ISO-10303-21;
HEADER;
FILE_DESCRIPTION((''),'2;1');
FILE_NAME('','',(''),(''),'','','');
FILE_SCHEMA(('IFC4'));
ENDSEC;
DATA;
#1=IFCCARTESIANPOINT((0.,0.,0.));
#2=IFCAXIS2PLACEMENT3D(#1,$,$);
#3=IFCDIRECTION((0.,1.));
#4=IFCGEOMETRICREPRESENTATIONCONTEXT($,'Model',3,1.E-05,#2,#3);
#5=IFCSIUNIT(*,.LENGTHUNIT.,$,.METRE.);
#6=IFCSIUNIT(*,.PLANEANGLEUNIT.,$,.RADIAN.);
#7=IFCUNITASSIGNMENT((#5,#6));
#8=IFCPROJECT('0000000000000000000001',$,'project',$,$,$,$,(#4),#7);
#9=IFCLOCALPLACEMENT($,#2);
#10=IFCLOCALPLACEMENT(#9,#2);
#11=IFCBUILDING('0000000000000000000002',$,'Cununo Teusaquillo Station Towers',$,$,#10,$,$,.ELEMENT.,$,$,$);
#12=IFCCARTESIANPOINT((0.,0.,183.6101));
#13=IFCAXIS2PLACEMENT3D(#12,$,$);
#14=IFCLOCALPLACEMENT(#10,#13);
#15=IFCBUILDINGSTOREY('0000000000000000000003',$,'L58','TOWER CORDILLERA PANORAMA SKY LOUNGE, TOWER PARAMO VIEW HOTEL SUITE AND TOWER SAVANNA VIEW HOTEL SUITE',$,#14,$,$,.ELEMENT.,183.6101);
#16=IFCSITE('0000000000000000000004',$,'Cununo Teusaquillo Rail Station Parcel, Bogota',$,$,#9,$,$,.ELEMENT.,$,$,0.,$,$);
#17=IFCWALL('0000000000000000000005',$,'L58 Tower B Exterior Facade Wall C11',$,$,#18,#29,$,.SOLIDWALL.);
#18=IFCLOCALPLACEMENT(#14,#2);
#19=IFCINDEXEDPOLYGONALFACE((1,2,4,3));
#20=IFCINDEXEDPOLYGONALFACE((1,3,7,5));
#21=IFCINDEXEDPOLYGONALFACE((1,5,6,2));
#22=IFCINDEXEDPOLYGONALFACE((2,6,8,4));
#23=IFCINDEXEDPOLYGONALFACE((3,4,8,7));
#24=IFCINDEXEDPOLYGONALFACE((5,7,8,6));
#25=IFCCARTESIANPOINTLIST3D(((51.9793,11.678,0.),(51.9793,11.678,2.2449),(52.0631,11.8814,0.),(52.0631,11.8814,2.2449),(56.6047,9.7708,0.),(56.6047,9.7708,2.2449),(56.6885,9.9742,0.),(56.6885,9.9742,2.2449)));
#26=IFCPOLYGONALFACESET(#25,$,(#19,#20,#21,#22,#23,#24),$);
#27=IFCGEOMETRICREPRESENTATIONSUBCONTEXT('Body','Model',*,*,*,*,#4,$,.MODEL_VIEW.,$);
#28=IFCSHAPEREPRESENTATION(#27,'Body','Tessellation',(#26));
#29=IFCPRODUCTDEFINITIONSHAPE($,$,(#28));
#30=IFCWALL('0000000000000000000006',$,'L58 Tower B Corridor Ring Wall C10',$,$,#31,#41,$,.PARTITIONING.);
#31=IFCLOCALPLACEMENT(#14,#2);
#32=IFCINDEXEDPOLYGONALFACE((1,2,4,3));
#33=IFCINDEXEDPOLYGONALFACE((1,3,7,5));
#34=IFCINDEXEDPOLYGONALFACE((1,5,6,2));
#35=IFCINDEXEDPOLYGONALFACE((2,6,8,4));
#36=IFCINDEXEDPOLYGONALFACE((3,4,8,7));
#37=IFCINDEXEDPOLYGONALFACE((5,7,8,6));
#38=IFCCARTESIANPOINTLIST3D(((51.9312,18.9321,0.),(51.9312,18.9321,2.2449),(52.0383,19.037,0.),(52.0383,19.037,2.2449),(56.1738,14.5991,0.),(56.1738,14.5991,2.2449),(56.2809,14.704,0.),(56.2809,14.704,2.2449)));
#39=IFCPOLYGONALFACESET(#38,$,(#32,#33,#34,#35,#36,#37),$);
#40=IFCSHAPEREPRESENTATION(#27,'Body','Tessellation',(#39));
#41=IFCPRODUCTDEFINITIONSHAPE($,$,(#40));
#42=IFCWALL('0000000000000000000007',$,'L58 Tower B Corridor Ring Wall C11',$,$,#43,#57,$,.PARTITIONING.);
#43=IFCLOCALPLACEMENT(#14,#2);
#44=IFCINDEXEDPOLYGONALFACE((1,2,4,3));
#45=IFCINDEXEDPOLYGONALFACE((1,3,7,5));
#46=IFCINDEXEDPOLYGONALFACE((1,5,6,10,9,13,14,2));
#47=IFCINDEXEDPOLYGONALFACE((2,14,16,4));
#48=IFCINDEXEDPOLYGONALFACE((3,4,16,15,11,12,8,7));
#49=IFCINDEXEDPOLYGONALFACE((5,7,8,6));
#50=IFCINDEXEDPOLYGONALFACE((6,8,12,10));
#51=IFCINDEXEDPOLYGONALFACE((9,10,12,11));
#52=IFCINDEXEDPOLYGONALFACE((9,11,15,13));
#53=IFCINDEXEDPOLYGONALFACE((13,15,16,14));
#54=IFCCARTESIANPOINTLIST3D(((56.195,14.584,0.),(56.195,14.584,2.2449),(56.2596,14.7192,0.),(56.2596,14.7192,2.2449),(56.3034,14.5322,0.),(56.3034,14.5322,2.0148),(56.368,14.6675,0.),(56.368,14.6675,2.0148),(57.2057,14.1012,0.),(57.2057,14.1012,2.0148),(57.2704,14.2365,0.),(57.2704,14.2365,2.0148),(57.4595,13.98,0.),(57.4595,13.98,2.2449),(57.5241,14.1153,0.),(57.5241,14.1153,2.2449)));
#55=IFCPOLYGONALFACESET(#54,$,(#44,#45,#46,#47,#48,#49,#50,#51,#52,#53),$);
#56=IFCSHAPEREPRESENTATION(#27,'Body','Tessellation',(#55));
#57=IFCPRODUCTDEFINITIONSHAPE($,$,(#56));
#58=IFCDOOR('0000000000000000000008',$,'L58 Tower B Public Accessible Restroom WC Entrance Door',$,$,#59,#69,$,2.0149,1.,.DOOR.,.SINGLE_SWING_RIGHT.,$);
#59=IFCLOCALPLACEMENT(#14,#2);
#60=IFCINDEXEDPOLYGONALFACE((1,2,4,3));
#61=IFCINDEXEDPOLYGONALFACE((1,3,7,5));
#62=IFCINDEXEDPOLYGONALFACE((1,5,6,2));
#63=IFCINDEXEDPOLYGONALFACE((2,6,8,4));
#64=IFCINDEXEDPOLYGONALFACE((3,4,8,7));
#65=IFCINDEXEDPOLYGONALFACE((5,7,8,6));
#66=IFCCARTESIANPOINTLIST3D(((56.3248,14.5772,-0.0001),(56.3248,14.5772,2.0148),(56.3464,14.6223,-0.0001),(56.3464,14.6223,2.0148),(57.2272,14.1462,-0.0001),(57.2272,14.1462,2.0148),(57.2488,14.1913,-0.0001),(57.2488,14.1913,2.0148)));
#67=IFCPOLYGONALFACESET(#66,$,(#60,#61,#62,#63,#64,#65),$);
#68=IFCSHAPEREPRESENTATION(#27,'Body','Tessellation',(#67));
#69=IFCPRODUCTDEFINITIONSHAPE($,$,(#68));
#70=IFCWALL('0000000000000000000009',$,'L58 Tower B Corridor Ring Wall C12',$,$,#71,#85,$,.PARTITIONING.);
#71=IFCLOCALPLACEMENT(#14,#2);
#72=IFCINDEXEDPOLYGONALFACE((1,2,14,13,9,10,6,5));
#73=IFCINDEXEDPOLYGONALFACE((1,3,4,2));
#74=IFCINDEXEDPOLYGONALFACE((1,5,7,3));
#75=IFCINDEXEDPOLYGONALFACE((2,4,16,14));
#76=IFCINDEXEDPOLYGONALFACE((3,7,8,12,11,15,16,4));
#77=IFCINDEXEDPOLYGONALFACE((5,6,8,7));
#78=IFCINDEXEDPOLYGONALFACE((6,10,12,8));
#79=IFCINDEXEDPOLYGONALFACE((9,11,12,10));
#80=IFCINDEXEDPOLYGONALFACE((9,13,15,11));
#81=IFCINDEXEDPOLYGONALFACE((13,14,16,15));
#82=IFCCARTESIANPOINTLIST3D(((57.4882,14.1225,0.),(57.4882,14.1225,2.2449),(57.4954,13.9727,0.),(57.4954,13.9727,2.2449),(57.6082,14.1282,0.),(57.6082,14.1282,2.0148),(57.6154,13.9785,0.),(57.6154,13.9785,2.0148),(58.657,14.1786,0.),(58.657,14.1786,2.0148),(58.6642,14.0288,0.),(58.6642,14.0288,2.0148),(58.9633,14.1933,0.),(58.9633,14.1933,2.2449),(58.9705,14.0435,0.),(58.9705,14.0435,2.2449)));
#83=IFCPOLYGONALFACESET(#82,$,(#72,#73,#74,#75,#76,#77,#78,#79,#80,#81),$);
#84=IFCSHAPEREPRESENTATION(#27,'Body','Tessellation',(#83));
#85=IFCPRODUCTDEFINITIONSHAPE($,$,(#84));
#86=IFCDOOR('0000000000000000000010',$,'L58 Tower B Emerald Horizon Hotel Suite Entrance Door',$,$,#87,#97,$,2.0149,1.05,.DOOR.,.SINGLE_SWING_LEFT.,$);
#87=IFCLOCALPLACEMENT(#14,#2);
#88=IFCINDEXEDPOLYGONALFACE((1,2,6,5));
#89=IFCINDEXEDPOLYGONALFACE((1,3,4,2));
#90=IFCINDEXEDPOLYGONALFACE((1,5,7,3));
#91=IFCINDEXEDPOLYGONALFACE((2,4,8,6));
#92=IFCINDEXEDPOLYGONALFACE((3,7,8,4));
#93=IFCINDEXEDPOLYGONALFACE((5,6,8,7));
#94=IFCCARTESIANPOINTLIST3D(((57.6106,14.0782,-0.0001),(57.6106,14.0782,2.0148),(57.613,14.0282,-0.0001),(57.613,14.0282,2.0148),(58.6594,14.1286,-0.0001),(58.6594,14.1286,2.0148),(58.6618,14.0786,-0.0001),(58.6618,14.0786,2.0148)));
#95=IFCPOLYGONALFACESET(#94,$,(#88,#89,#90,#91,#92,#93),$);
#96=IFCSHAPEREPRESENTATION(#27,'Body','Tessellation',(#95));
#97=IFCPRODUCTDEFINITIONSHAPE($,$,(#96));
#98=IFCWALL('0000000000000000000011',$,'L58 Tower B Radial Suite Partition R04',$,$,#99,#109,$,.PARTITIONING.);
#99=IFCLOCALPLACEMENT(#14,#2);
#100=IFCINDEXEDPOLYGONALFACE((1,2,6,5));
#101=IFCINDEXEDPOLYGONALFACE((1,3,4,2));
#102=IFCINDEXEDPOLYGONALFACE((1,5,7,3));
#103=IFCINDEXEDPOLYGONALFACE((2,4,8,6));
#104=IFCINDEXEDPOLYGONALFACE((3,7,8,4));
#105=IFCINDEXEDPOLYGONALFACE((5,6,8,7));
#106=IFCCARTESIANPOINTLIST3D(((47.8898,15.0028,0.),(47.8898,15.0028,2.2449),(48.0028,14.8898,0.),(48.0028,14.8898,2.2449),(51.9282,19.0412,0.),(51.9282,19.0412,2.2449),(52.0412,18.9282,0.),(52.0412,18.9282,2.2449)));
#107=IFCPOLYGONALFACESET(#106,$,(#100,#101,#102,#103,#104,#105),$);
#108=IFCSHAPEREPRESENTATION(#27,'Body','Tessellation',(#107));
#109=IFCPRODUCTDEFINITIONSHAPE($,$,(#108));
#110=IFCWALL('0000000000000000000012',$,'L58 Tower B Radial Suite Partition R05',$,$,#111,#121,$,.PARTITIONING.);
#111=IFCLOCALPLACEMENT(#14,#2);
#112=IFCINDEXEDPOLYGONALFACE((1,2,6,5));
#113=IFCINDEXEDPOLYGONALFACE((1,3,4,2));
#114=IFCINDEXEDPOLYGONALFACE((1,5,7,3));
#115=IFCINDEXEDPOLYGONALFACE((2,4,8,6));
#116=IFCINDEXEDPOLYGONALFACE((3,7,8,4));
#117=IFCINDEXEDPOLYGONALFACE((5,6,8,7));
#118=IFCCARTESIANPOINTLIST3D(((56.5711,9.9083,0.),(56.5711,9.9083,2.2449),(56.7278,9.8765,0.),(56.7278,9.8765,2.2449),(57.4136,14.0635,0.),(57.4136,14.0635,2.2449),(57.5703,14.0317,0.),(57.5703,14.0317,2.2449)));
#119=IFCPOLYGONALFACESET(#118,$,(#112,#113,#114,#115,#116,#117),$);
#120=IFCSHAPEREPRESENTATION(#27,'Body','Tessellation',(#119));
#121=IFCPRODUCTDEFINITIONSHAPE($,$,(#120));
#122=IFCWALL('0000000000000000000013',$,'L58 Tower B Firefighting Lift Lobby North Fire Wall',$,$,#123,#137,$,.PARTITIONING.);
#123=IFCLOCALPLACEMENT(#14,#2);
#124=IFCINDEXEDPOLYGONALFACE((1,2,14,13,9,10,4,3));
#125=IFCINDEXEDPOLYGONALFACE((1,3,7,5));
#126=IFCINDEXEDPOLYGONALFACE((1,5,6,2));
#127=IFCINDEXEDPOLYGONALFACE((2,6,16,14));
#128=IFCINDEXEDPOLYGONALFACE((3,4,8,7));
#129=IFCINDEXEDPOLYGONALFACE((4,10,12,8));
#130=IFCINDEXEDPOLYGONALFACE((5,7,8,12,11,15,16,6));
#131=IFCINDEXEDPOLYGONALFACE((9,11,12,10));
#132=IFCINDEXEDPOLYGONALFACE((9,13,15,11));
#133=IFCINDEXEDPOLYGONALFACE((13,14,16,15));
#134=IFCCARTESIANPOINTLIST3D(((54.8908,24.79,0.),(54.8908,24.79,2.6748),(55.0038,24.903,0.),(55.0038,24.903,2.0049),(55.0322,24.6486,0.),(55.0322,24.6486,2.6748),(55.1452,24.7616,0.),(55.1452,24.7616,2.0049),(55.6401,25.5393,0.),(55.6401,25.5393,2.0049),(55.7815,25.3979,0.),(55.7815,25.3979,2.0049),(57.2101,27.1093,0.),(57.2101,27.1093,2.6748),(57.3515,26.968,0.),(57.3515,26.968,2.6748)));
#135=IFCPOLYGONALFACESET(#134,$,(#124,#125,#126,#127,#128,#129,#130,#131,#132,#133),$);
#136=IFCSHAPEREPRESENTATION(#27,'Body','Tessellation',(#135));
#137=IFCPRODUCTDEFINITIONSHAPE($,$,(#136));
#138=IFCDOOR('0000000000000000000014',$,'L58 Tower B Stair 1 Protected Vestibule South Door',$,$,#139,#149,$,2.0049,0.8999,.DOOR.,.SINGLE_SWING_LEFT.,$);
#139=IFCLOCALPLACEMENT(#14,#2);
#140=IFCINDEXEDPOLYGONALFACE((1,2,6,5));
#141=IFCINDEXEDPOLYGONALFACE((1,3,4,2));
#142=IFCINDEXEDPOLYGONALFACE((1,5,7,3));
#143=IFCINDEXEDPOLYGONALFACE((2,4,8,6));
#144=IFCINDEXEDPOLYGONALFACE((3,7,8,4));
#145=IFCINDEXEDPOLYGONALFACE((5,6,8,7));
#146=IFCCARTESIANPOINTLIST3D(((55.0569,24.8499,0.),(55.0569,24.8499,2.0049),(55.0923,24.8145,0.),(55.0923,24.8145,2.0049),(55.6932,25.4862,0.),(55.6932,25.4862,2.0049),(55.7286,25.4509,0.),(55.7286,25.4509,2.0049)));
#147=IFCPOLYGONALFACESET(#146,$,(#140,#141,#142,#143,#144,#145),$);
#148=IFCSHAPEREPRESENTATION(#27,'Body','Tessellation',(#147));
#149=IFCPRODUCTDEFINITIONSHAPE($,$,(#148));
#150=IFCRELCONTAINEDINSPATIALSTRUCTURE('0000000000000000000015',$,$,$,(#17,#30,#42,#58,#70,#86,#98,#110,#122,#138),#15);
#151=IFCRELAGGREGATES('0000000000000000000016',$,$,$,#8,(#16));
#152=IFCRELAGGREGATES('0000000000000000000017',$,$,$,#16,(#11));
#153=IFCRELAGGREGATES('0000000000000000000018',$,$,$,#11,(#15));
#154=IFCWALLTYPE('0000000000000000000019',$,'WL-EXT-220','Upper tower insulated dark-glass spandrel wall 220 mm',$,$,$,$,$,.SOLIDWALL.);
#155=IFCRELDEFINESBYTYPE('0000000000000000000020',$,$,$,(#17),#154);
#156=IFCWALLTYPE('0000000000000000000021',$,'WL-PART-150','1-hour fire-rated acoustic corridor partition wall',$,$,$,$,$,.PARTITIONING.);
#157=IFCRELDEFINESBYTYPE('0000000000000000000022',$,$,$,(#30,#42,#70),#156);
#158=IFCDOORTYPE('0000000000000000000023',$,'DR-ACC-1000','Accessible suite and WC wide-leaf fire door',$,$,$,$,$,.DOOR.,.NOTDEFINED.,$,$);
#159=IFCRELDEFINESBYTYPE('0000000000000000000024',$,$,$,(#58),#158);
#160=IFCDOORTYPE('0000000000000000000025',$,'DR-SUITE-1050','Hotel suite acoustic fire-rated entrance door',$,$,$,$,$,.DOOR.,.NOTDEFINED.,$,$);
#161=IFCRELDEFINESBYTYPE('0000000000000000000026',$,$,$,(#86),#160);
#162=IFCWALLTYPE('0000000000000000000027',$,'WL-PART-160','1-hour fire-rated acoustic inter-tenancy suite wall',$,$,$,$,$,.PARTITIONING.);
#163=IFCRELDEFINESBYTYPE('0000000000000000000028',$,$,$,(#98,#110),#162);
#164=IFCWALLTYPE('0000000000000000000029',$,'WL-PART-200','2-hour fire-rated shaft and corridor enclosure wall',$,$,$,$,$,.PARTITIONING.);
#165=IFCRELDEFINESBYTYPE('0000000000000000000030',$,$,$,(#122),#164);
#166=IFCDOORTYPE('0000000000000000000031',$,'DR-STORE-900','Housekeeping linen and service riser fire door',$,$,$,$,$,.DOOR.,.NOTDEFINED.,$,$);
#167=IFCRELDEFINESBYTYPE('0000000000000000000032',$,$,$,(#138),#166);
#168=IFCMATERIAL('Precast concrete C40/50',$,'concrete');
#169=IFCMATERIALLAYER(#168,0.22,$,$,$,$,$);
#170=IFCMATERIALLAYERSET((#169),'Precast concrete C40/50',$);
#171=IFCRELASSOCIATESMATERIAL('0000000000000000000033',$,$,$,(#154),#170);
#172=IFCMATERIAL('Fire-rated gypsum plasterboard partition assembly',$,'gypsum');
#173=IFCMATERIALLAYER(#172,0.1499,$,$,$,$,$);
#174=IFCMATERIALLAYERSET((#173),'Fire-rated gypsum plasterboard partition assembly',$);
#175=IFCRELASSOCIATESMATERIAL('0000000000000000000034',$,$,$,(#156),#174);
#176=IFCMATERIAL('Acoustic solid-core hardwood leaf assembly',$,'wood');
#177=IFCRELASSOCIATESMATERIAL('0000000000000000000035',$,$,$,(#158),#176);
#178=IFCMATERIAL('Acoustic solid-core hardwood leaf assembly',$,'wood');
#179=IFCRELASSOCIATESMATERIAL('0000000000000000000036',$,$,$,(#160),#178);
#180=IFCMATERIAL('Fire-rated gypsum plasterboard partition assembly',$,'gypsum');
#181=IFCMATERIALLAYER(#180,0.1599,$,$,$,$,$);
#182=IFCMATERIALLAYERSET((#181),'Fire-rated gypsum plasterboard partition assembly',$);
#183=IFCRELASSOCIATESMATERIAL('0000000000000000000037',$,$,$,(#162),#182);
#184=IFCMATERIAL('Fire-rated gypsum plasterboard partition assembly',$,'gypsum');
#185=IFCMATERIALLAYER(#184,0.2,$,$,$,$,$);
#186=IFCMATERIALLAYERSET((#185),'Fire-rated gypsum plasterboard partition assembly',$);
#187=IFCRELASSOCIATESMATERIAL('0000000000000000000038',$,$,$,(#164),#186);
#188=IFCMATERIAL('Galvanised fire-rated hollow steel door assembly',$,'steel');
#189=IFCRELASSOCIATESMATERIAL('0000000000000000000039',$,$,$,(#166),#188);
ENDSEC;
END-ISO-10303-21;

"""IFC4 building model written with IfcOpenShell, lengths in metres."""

from ifc_helpers import new_model, si_unit, direction, frame, frame_2d, origin, place, context, subcontext, project, spatial, rectangle, extrude, source, transform, mapped, material, layer, layer_set, type_object, element, fill, save


model = new_model("IFC4")

# Units and contexts
model_context = context("Model", 3, precision=1e-05, world=origin(), true_north=direction((0.0, 1.0)))
body_context = subcontext(model_context, "Body", "Model", "MODEL_VIEW")
ifc_project = project(units=[si_unit("LENGTHUNIT", "METRE"), si_unit("PLANEANGLEUNIT", "RADIAN")], contexts=[model_context])

# Site, building, storey
site_placement = place(None, origin())
site = spatial("IfcSite", under=ifc_project, at=site_placement, Name="Cununo Teusaquillo Rail Station Parcel, Bogota", CompositionType="ELEMENT", RefElevation=0.0)
building_placement = place(site_placement, origin())
building = spatial("IfcBuilding", under=site, at=building_placement, Name="Cununo Teusaquillo Station Towers", CompositionType="ELEMENT")
storey_placement = place(building_placement, frame((0.0, 0.0, 183.6101)))
storey = spatial("IfcBuildingStorey", under=building, at=storey_placement, Name="L58", Description="TOWER CORDILLERA PANORAMA SKY LOUNGE, TOWER PARAMO VIEW HOTEL SUITE AND TOWER SAVANNA VIEW HOTEL SUITE", CompositionType="ELEMENT", Elevation=183.6101)

# Shared definitions
ifc_material_1 = material(Name="Precast concrete C40/50", Category="concrete")
ifc_layer_1 = layer(ifc_material_1, 0.22)
ifc_layer_set_1 = layer_set([ifc_layer_1], Name="Precast concrete C40/50")
wall_type_1 = type_object("IfcWallType", Name="WL-EXT-220", Description="Upper tower insulated dark-glass spandrel wall 220 mm", PredefinedType="SOLIDWALL", material=ifc_layer_set_1)

# Walls
wall_1_placement = place(storey_placement, frame((56.6465, 9.8726, 0.0), z_axis=(0.0, 0.0, 1.0), x_axis=(-0.924494, 0.381196, 0.0)))
element("IfcWall", 1, at=wall_1_placement, inside=storey, type_object=wall_type_1, Name="L58 Tower B Exterior Facade Wall C11", PredefinedType="SOLIDWALL", context=body_context, shape_type="SweptSolid", body=[
    extrude(rectangle(XDim=5.0032, YDim=0.22, at=frame_2d((2.5015, 0.0))), origin(), (0.0, 0.0, 1.0), 2.2449),
])
ifc_material_2 = material(Name="Fire-rated gypsum plasterboard partition assembly", Category="gypsum")
ifc_layer_2 = layer(ifc_material_2, 0.1499)
ifc_layer_set_2 = layer_set([ifc_layer_2], Name="Fire-rated gypsum plasterboard partition assembly")
wall_type_2 = type_object("IfcWallType", Name="WL-PART-150", Description="1-hour fire-rated acoustic corridor partition wall", PredefinedType="PARTITIONING", material=ifc_layer_set_2)
wall_2_placement = place(storey_placement, frame((51.9846, 18.9846, 0.0), z_axis=(0.0, 0.0, 1.0), x_axis=(0.69962, -0.714515, 0.0)))
element("IfcWall", 2, at=wall_2_placement, inside=storey, type_object=wall_type_2, Name="L58 Tower B Corridor Ring Wall C10", PredefinedType="PARTITIONING", context=body_context, shape_type="SweptSolid", body=[
    extrude(rectangle(XDim=6.0642, YDim=0.1499, at=frame_2d((3.0322, 0.0))), origin(), (0.0, 0.0, 1.0), 2.2449),
])

# Walls, openings, doors
wall_3_placement = place(storey_placement, frame((56.2273, 14.6516, 0.0), z_axis=(0.0, 0.0, 1.0), x_axis=(0.902364, -0.430975, 0.0)))
wall_3 = element("IfcWall", 3, at=wall_3_placement, inside=storey, type_object=wall_type_2, Name="L58 Tower B Corridor Ring Wall C11", PredefinedType="PARTITIONING", context=body_context, shape_type="SweptSolid", body=[
    extrude(rectangle(XDim=1.4014, YDim=0.1499, at=frame_2d((0.7007, 0.0))), origin(), (0.0, 0.0, 1.0), 2.2449),
])
shared_shape_1 = source(origin(), body_context, "Body", "SweptSolid", [
    extrude(rectangle(XDim=1.0, YDim=2.0149, at=frame_2d((0.5, 1.0073))), frame((0.0, 0.085, 0.0), z_axis=(0.0, -1.0, 0.0), x_axis=(1.0, 0.0, 0.0)), (0.0, 0.0, 1.0), 0.1699),
])
opening_1_placement = place(wall_3_placement, frame((0.1201, 0.0, 0.0)))
opening_1 = element("IfcOpeningElement", 4, at=opening_1_placement, cuts=wall_3, PredefinedType="OPENING", context=body_context, shape_type="MappedRepresentation", body=[
    mapped(shared_shape_1, transform((0.0, 0.0, 0.0), x_axis=(1.0, 0.0, 0.0), y_axis=(0.0, 1.0, 0.0), z_axis=(0.0, 0.0, 1.0), scale=1.0)),
])
ifc_material_3 = material(Name="Acoustic solid-core hardwood leaf assembly", Category="wood")
door_type_1 = type_object("IfcDoorType", Name="DR-ACC-1000", Description="Accessible suite and WC wide-leaf fire door", OperationType="NOTDEFINED", PredefinedType="DOOR", material=ifc_material_3)
shared_shape_2 = source(origin(), body_context, "Body", "SweptSolid", [
    extrude(rectangle(XDim=1.0, YDim=2.0149, at=frame_2d((0.5, 1.0073))), frame((0.0, 0.0249, 0.0), z_axis=(0.0, -1.0, 0.0), x_axis=(1.0, 0.0, 0.0)), (0.0, 0.0, 1.0), 0.05),
])
door_1_placement = place(opening_1_placement, origin())
door_1 = element("IfcDoor", 5, at=door_1_placement, inside=storey, type_object=door_type_1, Name="L58 Tower B Public Accessible Restroom WC Entrance Door", OperationType="SINGLE_SWING_RIGHT", OverallHeight=2.0149, OverallWidth=1.0, PredefinedType="DOOR", context=body_context, shape_type="MappedRepresentation", body=[
    mapped(shared_shape_2, transform((0.0, 0.0, 0.0), x_axis=(1.0, 0.0, 0.0), y_axis=(0.0, 1.0, 0.0), z_axis=(0.0, 0.0, 1.0), scale=1.0)),
])
fill(opening_1, door_1)
wall_4_placement = place(storey_placement, frame((57.4919, 14.0476, 0.0), z_axis=(0.0, 0.0, 1.0), x_axis=(0.99885, 0.047942, 0.0)))
wall_4 = element("IfcWall", 6, at=wall_4_placement, inside=storey, type_object=wall_type_2, Name="L58 Tower B Corridor Ring Wall C12", PredefinedType="PARTITIONING", context=body_context, shape_type="SweptSolid", body=[
    extrude(rectangle(XDim=1.4768, YDim=0.1499, at=frame_2d((0.7383, 0.0))), origin(), (0.0, 0.0, 1.0), 2.2449),
])
shared_shape_3 = source(origin(), body_context, "Body", "SweptSolid", [
    extrude(rectangle(XDim=1.05, YDim=2.0149, at=frame_2d((0.5249, 1.0073))), frame((0.0, 0.085, 0.0), z_axis=(0.0, -1.0, 0.0), x_axis=(1.0, 0.0, 0.0)), (0.0, 0.0, 1.0), 0.1699),
])
opening_2_placement = place(wall_4_placement, frame((0.1201, 0.0, 0.0)))
opening_2 = element("IfcOpeningElement", 7, at=opening_2_placement, cuts=wall_4, PredefinedType="OPENING", context=body_context, shape_type="MappedRepresentation", body=[
    mapped(shared_shape_3, transform((0.0, 0.0, 0.0), x_axis=(1.0, 0.0, 0.0), y_axis=(0.0, 1.0, 0.0), z_axis=(0.0, 0.0, 1.0), scale=1.0)),
])
ifc_material_4 = material(Name="Acoustic solid-core hardwood leaf assembly", Category="wood")
door_type_2 = type_object("IfcDoorType", Name="DR-SUITE-1050", Description="Hotel suite acoustic fire-rated entrance door", OperationType="NOTDEFINED", PredefinedType="DOOR", material=ifc_material_4)
shared_shape_4 = source(origin(), body_context, "Body", "SweptSolid", [
    extrude(rectangle(XDim=1.05, YDim=2.0149, at=frame_2d((0.5249, 1.0073))), frame((0.0, 0.0249, 0.0), z_axis=(0.0, -1.0, 0.0), x_axis=(1.0, 0.0, 0.0)), (0.0, 0.0, 1.0), 0.05),
])
door_2_placement = place(opening_2_placement, origin())
door_2 = element("IfcDoor", 8, at=door_2_placement, inside=storey, type_object=door_type_2, Name="L58 Tower B Emerald Horizon Hotel Suite Entrance Door", OperationType="SINGLE_SWING_LEFT", OverallHeight=2.0149, OverallWidth=1.05, PredefinedType="DOOR", context=body_context, shape_type="MappedRepresentation", body=[
    mapped(shared_shape_4, transform((0.0, 0.0, 0.0), x_axis=(1.0, 0.0, 0.0), y_axis=(0.0, 1.0, 0.0), z_axis=(0.0, 0.0, 1.0), scale=1.0)),
])
fill(opening_2, door_2)

# Walls
ifc_material_5 = material(Name="Fire-rated gypsum plasterboard partition assembly", Category="gypsum")
ifc_layer_3 = layer(ifc_material_5, 0.1599)
ifc_layer_set_3 = layer_set([ifc_layer_3], Name="Fire-rated gypsum plasterboard partition assembly")
wall_type_3 = type_object("IfcWallType", Name="WL-PART-160", Description="1-hour fire-rated acoustic inter-tenancy suite wall", PredefinedType="PARTITIONING", material=ifc_layer_set_3)
wall_5_placement = place(storey_placement, frame((51.9846, 18.9846, 0.0), z_axis=(0.0, 0.0, 1.0), x_axis=(-0.707107, -0.707107, 0.0)))
element("IfcWall", 9, at=wall_5_placement, inside=storey, type_object=wall_type_3, Name="L58 Tower B Radial Suite Partition R04", PredefinedType="PARTITIONING", context=body_context, shape_type="SweptSolid", body=[
    extrude(rectangle(XDim=5.7112, YDim=0.1599, at=frame_2d((2.8555, 0.0))), origin(), (0.0, 0.0, 1.0), 2.2449),
])
wall_6_placement = place(storey_placement, frame((57.4919, 14.0476, 0.0), z_axis=(0.0, 0.0, 1.0), x_axis=(-0.198718, -0.980057, 0.0)))
element("IfcWall", 10, at=wall_6_placement, inside=storey, type_object=wall_type_3, Name="L58 Tower B Radial Suite Partition R05", PredefinedType="PARTITIONING", context=body_context, shape_type="SweptSolid", body=[
    extrude(rectangle(XDim=4.2397, YDim=0.1599, at=frame_2d((2.1199, 0.0))), origin(), (0.0, 0.0, 1.0), 2.2449),
])

# Wall, opening, door
ifc_material_6 = material(Name="Fire-rated gypsum plasterboard partition assembly", Category="gypsum")
ifc_layer_4 = layer(ifc_material_6, 0.2)
ifc_layer_set_4 = layer_set([ifc_layer_4], Name="Fire-rated gypsum plasterboard partition assembly")
wall_type_4 = type_object("IfcWallType", Name="WL-PART-200", Description="2-hour fire-rated shaft and corridor enclosure wall", PredefinedType="PARTITIONING", material=ifc_layer_set_4)
wall_7_placement = place(storey_placement, frame((54.9614, 24.7192, 0.0), z_axis=(0.0, 0.0, 1.0), x_axis=(0.707107, 0.707107, 0.0)))
wall_7 = element("IfcWall", 11, at=wall_7_placement, inside=storey, type_object=wall_type_4, Name="L58 Tower B Firefighting Lift Lobby North Fire Wall", PredefinedType="PARTITIONING", context=body_context, shape_type="SweptSolid", body=[
    extrude(rectangle(XDim=3.28, YDim=0.2, at=frame_2d((1.6401, 0.0))), origin(), (0.0, 0.0, 1.0), 2.6748),
])
shared_shape_5 = source(origin(), body_context, "Body", "SweptSolid", [
    extrude(rectangle(XDim=0.8999, YDim=2.0049, at=frame_2d((0.45, 1.0024))), frame((0.0, 0.1099, 0.0), z_axis=(0.0, -1.0, 0.0), x_axis=(1.0, 0.0, 0.0)), (0.0, 0.0, 1.0), 0.22),
])
opening_3_placement = place(wall_7_placement, frame((0.1599, 0.0, 0.0)))
opening_3 = element("IfcOpeningElement", 12, at=opening_3_placement, cuts=wall_7, PredefinedType="OPENING", context=body_context, shape_type="MappedRepresentation", body=[
    mapped(shared_shape_5, transform((0.0, 0.0, 0.0), x_axis=(1.0, 0.0, 0.0), y_axis=(0.0, 1.0, 0.0), z_axis=(0.0, 0.0, 1.0), scale=1.0)),
])
ifc_material_7 = material(Name="Galvanised fire-rated hollow steel door assembly", Category="steel")
door_type_3 = type_object("IfcDoorType", Name="DR-STORE-900", Description="Housekeeping linen and service riser fire door", OperationType="NOTDEFINED", PredefinedType="DOOR", material=ifc_material_7)
shared_shape_6 = source(origin(), body_context, "Body", "SweptSolid", [
    extrude(rectangle(XDim=0.8999, YDim=2.0049, at=frame_2d((0.45, 1.0024))), frame((0.0, 0.0249, 0.0), z_axis=(0.0, -1.0, 0.0), x_axis=(1.0, 0.0, 0.0)), (0.0, 0.0, 1.0), 0.05),
])
door_3_placement = place(opening_3_placement, origin())
door_3 = element("IfcDoor", 13, at=door_3_placement, inside=storey, type_object=door_type_3, Name="L58 Tower B Stair 1 Protected Vestibule South Door", OperationType="SINGLE_SWING_LEFT", OverallHeight=2.0049, OverallWidth=0.8999, PredefinedType="DOOR", context=body_context, shape_type="MappedRepresentation", body=[
    mapped(shared_shape_6, transform((0.0, 0.0, 0.0), x_axis=(1.0, 0.0, 0.0), y_axis=(0.0, 1.0, 0.0), z_axis=(0.0, 0.0, 1.0), scale=1.0)),
])
fill(opening_3, door_3)

save(model, "model.ifc")
